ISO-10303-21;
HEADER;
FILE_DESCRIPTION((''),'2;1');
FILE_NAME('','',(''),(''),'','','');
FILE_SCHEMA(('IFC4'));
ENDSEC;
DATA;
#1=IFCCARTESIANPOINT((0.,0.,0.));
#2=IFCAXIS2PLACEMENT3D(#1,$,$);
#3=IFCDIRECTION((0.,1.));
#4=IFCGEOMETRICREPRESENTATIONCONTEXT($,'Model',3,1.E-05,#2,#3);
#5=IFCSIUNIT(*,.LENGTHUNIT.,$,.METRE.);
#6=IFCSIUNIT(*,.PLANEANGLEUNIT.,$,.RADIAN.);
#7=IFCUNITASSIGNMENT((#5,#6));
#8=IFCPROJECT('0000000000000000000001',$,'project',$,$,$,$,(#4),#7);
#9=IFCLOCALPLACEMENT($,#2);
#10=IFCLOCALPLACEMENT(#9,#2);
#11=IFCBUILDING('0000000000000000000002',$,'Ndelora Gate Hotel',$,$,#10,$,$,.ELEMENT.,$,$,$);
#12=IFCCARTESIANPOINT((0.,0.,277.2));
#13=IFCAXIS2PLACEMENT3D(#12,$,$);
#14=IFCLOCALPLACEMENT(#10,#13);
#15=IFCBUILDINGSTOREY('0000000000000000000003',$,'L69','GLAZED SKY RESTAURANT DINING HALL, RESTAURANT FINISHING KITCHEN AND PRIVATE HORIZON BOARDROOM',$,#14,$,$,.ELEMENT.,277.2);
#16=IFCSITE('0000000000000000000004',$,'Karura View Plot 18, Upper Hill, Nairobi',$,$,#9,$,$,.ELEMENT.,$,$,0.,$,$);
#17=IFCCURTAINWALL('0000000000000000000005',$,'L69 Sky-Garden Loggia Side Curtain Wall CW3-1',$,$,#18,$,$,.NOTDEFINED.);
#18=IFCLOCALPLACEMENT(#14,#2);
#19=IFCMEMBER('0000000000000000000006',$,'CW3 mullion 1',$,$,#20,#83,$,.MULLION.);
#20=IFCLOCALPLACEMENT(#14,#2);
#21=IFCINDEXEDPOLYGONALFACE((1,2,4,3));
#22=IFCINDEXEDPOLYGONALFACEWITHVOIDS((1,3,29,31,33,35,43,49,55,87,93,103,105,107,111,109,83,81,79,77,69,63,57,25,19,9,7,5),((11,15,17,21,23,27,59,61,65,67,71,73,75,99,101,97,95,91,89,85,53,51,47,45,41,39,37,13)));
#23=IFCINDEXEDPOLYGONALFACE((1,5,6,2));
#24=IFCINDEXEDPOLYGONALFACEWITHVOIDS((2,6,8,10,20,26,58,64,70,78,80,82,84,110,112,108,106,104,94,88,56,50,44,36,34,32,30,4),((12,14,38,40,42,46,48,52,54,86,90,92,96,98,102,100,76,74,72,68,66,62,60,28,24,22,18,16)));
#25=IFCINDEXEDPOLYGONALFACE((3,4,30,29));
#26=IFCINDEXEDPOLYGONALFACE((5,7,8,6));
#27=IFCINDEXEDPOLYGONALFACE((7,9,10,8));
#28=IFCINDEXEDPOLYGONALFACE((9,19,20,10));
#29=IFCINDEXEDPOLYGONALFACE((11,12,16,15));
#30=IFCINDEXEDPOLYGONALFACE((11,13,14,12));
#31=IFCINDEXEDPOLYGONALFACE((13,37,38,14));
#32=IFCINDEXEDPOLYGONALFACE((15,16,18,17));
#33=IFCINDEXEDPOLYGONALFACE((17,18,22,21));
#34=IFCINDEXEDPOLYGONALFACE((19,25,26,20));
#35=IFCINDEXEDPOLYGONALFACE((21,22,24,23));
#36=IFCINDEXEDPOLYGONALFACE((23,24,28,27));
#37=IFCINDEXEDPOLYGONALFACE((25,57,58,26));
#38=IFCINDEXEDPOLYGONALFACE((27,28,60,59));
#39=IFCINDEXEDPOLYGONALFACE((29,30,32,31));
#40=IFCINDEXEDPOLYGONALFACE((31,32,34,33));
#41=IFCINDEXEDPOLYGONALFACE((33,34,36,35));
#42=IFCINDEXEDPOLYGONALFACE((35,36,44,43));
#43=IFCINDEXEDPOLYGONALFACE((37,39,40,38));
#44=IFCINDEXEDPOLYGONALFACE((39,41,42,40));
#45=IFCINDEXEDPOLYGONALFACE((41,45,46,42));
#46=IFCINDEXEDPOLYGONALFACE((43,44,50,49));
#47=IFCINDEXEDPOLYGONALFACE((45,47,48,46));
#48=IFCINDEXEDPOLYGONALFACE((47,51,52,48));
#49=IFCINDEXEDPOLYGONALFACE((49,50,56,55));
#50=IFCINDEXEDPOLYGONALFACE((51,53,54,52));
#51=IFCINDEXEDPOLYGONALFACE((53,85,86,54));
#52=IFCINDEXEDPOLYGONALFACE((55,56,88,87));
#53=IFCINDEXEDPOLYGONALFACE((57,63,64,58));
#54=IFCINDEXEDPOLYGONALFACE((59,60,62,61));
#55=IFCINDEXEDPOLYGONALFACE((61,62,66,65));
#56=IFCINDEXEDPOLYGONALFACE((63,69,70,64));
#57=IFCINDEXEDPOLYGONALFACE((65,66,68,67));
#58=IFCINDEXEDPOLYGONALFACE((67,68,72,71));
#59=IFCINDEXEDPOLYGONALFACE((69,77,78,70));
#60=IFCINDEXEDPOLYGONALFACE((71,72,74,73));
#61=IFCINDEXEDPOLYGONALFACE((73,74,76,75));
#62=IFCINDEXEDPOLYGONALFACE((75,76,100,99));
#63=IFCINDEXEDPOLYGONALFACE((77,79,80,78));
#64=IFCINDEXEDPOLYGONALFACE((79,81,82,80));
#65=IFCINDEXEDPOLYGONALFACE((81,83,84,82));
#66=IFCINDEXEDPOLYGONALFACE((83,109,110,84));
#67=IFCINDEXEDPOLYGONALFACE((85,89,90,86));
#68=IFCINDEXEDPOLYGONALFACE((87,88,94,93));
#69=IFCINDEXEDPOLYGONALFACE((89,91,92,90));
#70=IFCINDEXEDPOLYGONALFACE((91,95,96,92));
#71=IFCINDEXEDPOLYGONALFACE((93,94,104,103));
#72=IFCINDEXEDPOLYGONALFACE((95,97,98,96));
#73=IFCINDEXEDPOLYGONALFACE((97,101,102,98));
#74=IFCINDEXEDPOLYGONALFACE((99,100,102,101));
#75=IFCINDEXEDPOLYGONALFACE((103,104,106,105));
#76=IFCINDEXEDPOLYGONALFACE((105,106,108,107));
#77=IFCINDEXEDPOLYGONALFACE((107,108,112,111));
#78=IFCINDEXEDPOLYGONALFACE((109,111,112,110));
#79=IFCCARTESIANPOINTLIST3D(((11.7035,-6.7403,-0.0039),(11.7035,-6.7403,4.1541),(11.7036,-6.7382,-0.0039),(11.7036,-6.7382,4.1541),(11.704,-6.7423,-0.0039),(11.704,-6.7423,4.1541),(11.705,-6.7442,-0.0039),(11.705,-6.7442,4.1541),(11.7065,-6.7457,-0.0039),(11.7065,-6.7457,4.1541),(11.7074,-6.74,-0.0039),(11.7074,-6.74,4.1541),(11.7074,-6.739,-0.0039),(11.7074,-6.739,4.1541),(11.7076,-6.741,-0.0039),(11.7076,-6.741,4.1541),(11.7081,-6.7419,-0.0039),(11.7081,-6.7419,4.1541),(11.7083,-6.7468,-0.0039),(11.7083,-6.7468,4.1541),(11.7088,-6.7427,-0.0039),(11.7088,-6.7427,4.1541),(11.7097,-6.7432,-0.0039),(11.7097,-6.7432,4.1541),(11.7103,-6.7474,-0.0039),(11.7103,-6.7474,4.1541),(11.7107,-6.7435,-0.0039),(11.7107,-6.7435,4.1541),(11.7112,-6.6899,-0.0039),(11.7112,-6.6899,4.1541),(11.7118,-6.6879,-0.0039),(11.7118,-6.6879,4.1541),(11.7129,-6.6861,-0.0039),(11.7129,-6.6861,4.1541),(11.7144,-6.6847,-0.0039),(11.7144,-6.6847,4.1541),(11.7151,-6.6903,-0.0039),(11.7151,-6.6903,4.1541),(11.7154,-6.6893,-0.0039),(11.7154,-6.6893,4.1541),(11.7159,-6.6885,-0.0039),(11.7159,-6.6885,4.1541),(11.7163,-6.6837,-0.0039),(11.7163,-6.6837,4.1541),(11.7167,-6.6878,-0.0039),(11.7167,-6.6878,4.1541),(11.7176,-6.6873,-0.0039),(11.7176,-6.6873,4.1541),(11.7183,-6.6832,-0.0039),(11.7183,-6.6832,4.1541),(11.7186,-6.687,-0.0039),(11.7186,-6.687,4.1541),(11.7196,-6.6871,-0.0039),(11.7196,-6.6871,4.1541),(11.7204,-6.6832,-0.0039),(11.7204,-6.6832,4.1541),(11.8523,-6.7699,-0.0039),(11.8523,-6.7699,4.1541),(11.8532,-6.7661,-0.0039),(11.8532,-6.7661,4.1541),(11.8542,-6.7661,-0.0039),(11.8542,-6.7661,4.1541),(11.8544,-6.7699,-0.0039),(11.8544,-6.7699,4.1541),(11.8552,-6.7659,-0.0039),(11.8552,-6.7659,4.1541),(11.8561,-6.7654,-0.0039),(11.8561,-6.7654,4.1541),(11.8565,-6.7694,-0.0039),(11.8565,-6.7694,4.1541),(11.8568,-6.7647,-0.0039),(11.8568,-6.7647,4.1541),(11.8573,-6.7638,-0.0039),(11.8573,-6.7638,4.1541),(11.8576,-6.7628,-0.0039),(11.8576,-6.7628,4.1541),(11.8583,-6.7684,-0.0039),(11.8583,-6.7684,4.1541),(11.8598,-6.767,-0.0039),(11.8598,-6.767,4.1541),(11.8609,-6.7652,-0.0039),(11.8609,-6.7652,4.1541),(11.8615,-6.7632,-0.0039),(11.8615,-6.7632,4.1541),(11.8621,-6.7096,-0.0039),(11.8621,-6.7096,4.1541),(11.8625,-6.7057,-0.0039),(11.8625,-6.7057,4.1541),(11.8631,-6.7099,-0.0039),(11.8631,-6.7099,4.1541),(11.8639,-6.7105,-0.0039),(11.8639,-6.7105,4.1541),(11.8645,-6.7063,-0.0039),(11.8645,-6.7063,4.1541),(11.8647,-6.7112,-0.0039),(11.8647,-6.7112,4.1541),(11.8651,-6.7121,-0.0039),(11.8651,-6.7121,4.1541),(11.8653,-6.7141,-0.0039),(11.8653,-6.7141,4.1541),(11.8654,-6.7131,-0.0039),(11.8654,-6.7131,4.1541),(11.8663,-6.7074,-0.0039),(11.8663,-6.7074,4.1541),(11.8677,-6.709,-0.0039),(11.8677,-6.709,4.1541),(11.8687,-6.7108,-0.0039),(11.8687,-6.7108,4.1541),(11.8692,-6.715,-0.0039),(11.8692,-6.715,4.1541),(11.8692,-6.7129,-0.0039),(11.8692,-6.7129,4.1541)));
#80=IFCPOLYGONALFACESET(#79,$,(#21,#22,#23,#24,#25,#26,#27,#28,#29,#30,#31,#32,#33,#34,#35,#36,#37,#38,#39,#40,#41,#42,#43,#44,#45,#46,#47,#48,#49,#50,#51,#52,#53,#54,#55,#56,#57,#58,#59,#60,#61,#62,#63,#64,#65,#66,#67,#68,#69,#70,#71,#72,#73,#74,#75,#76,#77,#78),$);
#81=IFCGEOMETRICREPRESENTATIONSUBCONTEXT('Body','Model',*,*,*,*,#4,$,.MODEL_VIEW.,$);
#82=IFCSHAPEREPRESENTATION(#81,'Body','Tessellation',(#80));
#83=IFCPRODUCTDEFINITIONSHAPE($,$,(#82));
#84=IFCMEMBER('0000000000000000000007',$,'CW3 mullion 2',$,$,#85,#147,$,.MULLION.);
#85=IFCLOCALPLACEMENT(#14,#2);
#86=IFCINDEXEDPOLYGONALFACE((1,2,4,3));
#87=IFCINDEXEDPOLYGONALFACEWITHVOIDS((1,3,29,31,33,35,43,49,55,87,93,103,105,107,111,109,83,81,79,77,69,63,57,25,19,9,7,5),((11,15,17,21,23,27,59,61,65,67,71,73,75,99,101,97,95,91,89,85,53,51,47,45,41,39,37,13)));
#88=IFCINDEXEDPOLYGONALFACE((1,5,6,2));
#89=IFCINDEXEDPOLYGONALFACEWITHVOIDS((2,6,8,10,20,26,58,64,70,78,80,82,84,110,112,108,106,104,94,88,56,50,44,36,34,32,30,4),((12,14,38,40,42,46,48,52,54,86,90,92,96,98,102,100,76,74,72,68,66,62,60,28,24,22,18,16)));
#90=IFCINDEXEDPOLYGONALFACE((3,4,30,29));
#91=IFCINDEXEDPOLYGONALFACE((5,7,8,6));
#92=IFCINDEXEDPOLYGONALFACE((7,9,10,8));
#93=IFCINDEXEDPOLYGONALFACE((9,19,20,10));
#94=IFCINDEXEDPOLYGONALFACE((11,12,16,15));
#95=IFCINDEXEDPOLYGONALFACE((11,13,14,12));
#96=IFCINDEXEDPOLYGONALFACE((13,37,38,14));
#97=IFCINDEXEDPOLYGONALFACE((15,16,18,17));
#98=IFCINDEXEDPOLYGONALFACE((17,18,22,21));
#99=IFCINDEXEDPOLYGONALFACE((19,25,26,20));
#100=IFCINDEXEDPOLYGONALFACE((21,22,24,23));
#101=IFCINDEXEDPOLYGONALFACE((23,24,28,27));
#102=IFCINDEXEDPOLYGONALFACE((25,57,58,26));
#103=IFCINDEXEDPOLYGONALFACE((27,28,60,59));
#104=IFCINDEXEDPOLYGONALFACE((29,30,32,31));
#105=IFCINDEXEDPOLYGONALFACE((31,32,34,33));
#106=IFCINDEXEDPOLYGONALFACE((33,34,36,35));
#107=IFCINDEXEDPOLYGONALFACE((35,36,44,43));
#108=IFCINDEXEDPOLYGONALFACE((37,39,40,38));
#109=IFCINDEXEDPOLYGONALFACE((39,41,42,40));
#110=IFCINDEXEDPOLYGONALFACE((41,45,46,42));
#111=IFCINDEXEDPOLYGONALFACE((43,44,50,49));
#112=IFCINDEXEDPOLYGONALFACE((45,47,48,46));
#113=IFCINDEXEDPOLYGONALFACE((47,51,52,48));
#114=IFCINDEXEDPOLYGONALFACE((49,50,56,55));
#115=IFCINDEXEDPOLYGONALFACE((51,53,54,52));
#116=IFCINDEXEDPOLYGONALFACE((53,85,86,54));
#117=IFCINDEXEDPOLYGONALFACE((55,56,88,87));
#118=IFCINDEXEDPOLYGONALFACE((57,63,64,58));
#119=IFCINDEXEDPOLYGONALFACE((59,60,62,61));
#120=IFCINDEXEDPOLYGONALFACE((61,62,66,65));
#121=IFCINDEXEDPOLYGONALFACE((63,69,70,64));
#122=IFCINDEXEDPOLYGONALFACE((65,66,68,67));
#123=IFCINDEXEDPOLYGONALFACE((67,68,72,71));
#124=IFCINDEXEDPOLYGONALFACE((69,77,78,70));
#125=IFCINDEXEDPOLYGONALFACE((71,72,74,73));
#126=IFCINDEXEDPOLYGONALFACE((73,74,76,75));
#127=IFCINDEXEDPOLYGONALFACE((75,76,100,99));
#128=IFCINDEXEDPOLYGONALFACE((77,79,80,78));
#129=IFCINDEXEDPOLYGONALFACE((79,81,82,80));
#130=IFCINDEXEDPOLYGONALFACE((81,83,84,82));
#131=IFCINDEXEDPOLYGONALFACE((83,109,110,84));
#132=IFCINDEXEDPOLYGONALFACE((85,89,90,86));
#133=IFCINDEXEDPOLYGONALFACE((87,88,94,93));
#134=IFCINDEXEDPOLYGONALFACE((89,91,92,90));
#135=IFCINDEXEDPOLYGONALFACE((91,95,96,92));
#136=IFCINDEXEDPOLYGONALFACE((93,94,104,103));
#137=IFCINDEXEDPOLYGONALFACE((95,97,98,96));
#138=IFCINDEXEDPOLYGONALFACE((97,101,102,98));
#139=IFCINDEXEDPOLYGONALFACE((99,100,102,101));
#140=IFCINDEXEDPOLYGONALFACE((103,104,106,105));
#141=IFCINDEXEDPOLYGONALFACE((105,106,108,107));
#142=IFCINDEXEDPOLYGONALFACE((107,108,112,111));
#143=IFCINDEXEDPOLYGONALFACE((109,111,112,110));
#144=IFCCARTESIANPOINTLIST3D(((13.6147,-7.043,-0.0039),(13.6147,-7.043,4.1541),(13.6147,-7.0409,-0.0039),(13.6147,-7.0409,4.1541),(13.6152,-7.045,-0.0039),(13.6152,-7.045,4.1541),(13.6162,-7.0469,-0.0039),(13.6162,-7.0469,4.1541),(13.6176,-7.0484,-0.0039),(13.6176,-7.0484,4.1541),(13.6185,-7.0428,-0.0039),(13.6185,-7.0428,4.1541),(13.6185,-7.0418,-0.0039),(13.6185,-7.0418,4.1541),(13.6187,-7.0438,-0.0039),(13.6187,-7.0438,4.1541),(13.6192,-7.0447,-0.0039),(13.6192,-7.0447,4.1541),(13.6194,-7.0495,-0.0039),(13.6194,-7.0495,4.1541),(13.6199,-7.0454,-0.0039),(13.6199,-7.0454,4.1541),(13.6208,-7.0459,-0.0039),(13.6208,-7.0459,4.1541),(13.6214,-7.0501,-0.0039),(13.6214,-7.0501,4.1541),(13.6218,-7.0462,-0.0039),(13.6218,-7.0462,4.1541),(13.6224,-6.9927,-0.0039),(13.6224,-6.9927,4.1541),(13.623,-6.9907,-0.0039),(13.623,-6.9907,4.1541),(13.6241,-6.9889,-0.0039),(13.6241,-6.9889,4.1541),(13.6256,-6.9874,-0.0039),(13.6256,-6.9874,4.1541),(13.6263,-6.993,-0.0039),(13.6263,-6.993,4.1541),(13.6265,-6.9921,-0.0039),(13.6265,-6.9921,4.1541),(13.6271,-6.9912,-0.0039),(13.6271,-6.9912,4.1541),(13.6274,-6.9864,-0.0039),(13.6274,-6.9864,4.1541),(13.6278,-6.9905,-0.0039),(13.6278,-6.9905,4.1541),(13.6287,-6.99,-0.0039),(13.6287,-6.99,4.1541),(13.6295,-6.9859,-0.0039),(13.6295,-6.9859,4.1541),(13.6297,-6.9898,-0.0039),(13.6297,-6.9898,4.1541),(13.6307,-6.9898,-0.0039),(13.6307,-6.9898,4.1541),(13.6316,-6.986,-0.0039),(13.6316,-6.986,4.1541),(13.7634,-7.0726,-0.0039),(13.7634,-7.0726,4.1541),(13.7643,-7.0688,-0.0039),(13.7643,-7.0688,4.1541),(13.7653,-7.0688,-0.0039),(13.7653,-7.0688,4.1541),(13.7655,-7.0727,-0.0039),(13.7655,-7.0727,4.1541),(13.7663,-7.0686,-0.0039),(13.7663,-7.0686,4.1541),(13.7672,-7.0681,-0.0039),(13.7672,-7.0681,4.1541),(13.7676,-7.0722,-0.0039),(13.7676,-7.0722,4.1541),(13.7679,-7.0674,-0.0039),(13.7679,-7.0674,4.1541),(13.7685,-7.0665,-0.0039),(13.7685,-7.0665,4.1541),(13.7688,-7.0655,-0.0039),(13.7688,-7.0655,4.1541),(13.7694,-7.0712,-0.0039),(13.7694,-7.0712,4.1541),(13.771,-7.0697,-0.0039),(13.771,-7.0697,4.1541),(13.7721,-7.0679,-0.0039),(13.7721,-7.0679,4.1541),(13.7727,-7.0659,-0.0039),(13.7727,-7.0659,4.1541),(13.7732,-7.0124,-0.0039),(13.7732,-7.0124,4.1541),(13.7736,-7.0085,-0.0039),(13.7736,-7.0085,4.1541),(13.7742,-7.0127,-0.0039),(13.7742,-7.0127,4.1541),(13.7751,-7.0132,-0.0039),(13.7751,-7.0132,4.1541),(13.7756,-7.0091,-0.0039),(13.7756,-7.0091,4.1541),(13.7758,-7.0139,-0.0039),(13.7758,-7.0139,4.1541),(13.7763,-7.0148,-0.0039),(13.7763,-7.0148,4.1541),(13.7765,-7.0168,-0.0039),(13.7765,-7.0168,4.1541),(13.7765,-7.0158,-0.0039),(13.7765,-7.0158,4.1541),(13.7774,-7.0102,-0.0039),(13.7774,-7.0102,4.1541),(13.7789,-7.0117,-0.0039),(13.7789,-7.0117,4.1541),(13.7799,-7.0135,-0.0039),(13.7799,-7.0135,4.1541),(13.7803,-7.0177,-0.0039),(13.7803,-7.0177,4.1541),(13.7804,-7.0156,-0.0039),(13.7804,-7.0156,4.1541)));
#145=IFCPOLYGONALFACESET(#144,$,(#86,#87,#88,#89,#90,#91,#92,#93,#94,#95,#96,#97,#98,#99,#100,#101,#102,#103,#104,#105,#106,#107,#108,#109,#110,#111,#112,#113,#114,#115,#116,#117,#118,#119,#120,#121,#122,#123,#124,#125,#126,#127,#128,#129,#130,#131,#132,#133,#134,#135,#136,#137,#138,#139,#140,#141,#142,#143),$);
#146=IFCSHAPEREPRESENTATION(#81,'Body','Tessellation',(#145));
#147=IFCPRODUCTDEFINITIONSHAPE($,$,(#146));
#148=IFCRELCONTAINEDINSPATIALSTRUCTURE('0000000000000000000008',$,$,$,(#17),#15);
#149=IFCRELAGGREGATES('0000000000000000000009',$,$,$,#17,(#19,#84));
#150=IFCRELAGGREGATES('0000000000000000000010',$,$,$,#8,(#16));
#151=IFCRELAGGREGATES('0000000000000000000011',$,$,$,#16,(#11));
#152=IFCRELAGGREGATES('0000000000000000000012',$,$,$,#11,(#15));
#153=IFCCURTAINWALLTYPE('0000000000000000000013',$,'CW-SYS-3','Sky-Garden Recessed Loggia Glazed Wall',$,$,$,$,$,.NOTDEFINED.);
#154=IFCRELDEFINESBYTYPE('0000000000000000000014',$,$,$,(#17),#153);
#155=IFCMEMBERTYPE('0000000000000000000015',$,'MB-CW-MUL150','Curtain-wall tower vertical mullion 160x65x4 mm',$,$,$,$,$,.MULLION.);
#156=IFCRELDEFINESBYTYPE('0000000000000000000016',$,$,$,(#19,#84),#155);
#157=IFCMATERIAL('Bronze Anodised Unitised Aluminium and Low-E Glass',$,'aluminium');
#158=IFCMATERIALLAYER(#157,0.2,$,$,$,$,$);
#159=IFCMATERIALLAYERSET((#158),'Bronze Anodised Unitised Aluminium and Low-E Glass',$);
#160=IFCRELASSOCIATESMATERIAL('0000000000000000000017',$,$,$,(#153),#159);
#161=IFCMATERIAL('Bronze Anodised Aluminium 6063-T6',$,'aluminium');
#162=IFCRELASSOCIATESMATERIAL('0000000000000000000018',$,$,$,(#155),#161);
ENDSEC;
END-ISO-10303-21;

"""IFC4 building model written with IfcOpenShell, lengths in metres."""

from ifc_helpers import new_model, si_unit, direction, frame, origin, origin_2d, place, context, subcontext, project, spatial, hollow_rectangle, extrude, material, layer, layer_set, material_profile, profile_set, type_object, element, aggregate, save


model = new_model("IFC4")

# Units and contexts
model_context = context("Model", 3, precision=1e-05, world=origin(), true_north=direction((0.0, 1.0)))
body_context = subcontext(model_context, "Body", "Model", "MODEL_VIEW")
ifc_project = project(units=[si_unit("LENGTHUNIT", "METRE"), si_unit("PLANEANGLEUNIT", "RADIAN")], contexts=[model_context])

# Site, building, storey
site_placement = place(None, origin())
site = spatial("IfcSite", under=ifc_project, at=site_placement, Name="Karura View Plot 18, Upper Hill, Nairobi", CompositionType="ELEMENT", RefElevation=0.0)
building_placement = place(site_placement, origin())
building = spatial("IfcBuilding", under=site, at=building_placement, Name="Ndelora Gate Hotel", CompositionType="ELEMENT")
storey_placement = place(building_placement, frame((0.0, 0.0, 277.2)))
storey = spatial("IfcBuildingStorey", under=building, at=storey_placement, Name="L69", Description="GLAZED SKY RESTAURANT DINING HALL, RESTAURANT FINISHING KITCHEN AND PRIVATE HORIZON BOARDROOM", CompositionType="ELEMENT", Elevation=277.2)

# Curtain wall, members
ifc_material_1 = material(Name="Bronze Anodised Unitised Aluminium and Low-E Glass", Category="aluminium")
ifc_layer_1 = layer(ifc_material_1, 0.2)
ifc_layer_set_1 = layer_set([ifc_layer_1], Name="Bronze Anodised Unitised Aluminium and Low-E Glass")
curtain_wall_type = type_object("IfcCurtainWallType", Name="CW-SYS-3", Description="Sky-Garden Recessed Loggia Glazed Wall", PredefinedType="NOTDEFINED", material=ifc_layer_set_1)
curtain_wall_placement = place(storey_placement, origin())
curtain_wall = element("IfcCurtainWall", 1, at=curtain_wall_placement, inside=storey, type_object=curtain_wall_type, Name="L69 Sky-Garden Loggia Side Curtain Wall CW3-1", PredefinedType="NOTDEFINED")
ifc_material_2 = material(Name="Bronze Anodised Aluminium 6063-T6", Category="aluminium")
ifc_material_profile_1 = material_profile(ifc_material_2, hollow_rectangle(XDim=0.0649, YDim=0.1599, WallThickness=0.0039, InnerFilletRadius=0.0039, OuterFilletRadius=0.0081, at=origin_2d()), Name="ALU 160x65x4")
ifc_profile_set_1 = profile_set([ifc_material_profile_1], Name="Bronze Anodised Aluminium 6063-T6")
member_type_1 = type_object("IfcMemberType", Name="MB-CW-MUL150", Description="Curtain-wall tower vertical mullion 160x65x4 mm", PredefinedType="MULLION", material=ifc_profile_set_1)
member_1_placement = place(storey_placement, frame((11.7864, -6.7266, -0.0039), z_axis=(0.0, 0.0, 1.0), x_axis=(0.156456, 0.987685, 0.0)))
member_1 = element("IfcMember", 2, at=member_1_placement, type_object=member_type_1, Name="CW3 mullion 1", PredefinedType="MULLION", context=body_context, shape_type="SweptSolid", body=[
    extrude(hollow_rectangle(XDim=0.0649, YDim=0.1599, WallThickness=0.0039, InnerFilletRadius=0.0039, OuterFilletRadius=0.0081, at=origin_2d()), origin(), (0.0, 0.0, 1.0), 4.158),
])
member_2_placement = place(storey_placement, frame((13.6975, -7.0293, -0.0039), z_axis=(0.0, 0.0, 1.0), x_axis=(0.156456, 0.987685, 0.0)))
member_2 = element("IfcMember", 3, at=member_2_placement, type_object=member_type_1, Name="CW3 mullion 2", PredefinedType="MULLION", context=body_context, shape_type="SweptSolid", body=[
    extrude(hollow_rectangle(XDim=0.0649, YDim=0.1599, WallThickness=0.0039, InnerFilletRadius=0.0039, OuterFilletRadius=0.0081, at=origin_2d()), origin(), (0.0, 0.0, 1.0), 4.158),
])
aggregate(curtain_wall, [member_1, member_2])

save(model, "model.ifc")
